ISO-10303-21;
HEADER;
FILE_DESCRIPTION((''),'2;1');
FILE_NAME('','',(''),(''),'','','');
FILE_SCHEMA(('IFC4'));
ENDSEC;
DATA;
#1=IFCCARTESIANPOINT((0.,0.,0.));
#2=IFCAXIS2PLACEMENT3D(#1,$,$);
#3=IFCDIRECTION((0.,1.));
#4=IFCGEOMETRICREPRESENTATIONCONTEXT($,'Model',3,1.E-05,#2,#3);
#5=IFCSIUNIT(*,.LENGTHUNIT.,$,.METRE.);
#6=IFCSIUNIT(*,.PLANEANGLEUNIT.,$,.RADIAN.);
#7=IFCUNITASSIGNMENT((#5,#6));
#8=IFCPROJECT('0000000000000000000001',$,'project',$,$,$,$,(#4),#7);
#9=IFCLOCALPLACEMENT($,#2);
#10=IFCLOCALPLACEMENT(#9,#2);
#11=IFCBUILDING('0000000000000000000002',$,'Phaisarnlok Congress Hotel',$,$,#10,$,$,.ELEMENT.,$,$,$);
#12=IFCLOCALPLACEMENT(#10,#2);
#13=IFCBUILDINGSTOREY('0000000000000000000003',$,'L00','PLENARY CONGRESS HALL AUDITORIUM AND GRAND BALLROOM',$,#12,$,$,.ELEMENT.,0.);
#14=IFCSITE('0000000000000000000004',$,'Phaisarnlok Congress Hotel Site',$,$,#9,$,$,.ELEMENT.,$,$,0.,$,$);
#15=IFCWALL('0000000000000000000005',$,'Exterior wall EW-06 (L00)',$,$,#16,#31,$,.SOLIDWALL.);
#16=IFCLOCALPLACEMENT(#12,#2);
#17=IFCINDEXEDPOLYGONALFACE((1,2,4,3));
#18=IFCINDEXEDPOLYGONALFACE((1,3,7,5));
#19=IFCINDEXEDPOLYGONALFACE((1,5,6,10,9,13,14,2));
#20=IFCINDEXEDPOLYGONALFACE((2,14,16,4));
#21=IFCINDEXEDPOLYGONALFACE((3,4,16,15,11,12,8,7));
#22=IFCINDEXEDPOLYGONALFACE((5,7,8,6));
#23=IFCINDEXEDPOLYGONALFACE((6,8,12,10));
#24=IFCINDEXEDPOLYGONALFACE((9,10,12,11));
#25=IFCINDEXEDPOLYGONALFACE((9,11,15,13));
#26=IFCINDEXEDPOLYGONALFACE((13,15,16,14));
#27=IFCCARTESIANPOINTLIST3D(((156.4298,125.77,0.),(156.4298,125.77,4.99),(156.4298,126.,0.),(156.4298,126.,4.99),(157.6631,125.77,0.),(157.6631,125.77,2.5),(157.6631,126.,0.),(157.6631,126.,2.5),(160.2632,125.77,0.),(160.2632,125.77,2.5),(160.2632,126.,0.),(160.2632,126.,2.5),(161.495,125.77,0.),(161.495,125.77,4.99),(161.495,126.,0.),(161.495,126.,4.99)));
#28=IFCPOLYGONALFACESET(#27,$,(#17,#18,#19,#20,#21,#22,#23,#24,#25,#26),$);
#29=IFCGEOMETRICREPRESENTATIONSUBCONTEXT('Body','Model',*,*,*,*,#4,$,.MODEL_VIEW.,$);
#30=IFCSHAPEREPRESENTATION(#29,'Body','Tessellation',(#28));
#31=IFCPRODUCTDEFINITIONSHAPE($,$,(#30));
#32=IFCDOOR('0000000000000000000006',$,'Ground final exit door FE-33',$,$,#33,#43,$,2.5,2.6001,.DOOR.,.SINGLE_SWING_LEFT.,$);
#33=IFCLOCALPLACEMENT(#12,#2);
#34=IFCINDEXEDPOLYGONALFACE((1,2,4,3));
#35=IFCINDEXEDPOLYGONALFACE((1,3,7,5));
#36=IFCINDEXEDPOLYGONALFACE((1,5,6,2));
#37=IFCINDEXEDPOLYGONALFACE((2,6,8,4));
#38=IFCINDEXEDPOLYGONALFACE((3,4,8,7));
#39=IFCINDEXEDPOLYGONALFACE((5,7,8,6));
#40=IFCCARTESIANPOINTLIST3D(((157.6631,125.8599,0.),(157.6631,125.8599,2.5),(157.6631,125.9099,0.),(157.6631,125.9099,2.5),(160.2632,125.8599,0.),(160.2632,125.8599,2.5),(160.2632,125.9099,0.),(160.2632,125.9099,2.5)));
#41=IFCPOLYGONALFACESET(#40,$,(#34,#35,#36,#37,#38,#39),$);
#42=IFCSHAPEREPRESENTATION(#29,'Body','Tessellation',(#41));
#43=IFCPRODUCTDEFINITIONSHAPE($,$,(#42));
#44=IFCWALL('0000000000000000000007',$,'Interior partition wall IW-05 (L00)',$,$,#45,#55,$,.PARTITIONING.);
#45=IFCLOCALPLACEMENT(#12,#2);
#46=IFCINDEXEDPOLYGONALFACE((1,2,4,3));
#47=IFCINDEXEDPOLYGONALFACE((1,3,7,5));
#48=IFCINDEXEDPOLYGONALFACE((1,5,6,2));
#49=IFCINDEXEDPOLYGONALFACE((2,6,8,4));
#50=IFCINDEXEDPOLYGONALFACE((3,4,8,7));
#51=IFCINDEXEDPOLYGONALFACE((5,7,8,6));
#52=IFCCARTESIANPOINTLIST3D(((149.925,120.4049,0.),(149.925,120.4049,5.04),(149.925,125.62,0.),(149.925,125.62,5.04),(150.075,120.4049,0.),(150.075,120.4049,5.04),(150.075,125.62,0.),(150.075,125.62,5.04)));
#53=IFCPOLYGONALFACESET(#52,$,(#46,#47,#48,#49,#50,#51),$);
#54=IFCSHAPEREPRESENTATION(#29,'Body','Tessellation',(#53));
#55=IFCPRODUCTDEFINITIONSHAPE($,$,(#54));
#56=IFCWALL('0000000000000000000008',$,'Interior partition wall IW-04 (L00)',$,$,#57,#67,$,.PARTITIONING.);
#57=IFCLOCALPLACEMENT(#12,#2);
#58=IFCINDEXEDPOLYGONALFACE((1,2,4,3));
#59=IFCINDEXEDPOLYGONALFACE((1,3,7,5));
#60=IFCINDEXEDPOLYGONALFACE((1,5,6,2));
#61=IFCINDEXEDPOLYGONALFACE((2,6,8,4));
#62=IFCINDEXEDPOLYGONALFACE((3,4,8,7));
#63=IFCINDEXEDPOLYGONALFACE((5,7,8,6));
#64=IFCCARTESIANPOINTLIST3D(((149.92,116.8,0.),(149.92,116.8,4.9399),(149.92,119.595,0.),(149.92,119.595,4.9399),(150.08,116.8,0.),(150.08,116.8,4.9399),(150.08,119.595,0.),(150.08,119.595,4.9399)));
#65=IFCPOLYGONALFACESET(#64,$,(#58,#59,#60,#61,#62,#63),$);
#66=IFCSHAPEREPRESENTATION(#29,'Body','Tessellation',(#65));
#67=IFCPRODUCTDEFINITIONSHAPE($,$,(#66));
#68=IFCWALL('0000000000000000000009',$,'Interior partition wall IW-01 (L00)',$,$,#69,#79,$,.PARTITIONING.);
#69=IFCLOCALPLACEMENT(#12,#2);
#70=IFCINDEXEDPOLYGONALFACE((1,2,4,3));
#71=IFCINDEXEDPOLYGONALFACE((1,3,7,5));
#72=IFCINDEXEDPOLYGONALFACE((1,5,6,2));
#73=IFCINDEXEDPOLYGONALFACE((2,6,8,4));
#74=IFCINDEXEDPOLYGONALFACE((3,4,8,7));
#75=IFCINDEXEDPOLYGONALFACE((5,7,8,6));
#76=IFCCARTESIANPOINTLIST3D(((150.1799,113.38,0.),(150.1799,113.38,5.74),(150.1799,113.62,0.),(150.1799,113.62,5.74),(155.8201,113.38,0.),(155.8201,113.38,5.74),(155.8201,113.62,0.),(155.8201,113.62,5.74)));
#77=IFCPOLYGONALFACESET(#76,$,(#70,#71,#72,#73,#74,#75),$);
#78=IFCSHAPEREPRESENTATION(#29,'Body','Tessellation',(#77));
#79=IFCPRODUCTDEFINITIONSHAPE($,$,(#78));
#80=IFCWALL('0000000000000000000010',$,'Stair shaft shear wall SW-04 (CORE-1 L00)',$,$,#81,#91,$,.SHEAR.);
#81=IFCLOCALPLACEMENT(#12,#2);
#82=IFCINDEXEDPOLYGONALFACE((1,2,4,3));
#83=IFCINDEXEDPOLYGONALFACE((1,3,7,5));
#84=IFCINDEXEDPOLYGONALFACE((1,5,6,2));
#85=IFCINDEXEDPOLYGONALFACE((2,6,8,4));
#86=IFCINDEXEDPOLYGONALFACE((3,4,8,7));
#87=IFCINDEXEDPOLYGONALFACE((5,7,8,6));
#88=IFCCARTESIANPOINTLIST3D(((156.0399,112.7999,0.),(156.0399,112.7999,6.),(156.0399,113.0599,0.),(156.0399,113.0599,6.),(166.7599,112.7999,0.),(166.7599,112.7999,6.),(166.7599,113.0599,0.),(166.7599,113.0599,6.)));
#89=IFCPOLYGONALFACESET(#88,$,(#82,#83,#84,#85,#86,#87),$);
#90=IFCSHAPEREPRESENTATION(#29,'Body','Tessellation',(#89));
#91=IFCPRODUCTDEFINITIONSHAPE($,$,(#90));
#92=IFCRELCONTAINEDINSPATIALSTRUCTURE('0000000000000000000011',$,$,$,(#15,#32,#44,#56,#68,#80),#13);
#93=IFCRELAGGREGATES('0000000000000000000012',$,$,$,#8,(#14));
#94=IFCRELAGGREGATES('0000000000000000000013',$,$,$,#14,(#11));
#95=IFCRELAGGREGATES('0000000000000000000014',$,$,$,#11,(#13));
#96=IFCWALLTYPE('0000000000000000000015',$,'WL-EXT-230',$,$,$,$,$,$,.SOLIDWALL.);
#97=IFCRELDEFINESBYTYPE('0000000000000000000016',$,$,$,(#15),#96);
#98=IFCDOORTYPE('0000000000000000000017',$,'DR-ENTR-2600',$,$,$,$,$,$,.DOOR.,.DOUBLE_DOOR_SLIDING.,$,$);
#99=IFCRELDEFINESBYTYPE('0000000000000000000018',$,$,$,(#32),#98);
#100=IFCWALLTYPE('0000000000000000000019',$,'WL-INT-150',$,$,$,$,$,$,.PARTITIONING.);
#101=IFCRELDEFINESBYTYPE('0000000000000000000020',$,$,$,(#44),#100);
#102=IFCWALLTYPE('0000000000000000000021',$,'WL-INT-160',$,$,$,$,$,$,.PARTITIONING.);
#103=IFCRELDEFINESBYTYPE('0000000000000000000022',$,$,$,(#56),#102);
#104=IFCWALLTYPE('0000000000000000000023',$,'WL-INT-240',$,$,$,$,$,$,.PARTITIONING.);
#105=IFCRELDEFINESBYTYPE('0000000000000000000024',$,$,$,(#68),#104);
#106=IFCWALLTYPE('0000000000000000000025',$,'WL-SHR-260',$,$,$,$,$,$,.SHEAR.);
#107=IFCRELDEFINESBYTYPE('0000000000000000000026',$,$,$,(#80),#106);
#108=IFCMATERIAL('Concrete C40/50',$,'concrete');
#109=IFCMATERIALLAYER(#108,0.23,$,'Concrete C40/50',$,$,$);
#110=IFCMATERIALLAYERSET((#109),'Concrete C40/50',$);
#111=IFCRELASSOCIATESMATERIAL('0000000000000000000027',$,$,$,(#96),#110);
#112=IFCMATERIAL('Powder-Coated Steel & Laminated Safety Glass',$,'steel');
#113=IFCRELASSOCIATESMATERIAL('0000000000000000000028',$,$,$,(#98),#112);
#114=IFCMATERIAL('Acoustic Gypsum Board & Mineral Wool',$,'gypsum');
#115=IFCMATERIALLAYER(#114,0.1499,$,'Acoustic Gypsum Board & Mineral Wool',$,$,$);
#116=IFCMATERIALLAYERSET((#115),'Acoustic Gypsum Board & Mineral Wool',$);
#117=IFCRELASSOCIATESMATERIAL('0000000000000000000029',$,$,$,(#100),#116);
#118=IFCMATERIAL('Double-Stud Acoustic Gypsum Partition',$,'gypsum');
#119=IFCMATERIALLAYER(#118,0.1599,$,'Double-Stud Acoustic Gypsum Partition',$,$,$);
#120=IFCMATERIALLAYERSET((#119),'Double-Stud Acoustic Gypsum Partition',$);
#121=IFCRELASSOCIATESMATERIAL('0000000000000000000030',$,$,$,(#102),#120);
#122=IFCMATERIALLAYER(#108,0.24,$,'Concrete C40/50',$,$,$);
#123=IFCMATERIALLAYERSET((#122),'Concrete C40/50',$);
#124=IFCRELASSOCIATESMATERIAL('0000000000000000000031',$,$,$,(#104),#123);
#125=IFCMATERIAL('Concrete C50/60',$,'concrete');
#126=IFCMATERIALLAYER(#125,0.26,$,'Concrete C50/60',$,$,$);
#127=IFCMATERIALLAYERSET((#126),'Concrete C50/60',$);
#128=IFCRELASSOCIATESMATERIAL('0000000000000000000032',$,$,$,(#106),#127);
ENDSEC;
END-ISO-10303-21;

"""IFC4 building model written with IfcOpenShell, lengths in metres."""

from ifc_helpers import new_model, si_unit, direction, frame, frame_2d, origin, place, context, subcontext, project, spatial, rectangle, extrude, material, layer, layer_set, type_object, element, fill, save


model = new_model("IFC4")

# Units and contexts
model_context = context("Model", 3, precision=1e-05, world=origin(), true_north=direction((0.0, 1.0)))
body_context = subcontext(model_context, "Body", "Model", "MODEL_VIEW")
ifc_project = project(units=[si_unit("LENGTHUNIT", "METRE"), si_unit("PLANEANGLEUNIT", "RADIAN")], contexts=[model_context])

# Site, building, storey
site_placement = place(None, origin())
site = spatial("IfcSite", under=ifc_project, at=site_placement, Name="Phaisarnlok Congress Hotel Site", CompositionType="ELEMENT", RefElevation=0.0)
building_placement = place(site_placement, origin())
building = spatial("IfcBuilding", under=site, at=building_placement, Name="Phaisarnlok Congress Hotel", CompositionType="ELEMENT")
storey_placement = place(building_placement, origin())
storey = spatial("IfcBuildingStorey", under=building, at=storey_placement, Name="L00", Description="PLENARY CONGRESS HALL AUDITORIUM AND GRAND BALLROOM", CompositionType="ELEMENT", Elevation=0.0)

# Shared definitions
ifc_material_1 = material(Name="Concrete C50/60", Category="concrete")

# Shared definitions
ifc_material_2 = material(Name="Concrete C40/50", Category="concrete")

# Wall, opening, door
ifc_material_3 = material(Name="Powder-Coated Steel & Laminated Safety Glass", Category="steel")
ifc_layer_1 = layer(ifc_material_2, 0.23, Name="Concrete C40/50")
ifc_layer_set_1 = layer_set([ifc_layer_1], Name="Concrete C40/50")
wall_type_1 = type_object("IfcWallType", Name="WL-EXT-230", PredefinedType="SOLIDWALL", material=ifc_layer_set_1)
wall_1_placement = place(storey_placement, frame((161.4951, 125.885, 0.0), z_axis=(0.0, 0.0, 1.0), x_axis=(-1.0, 0.0, 0.0)))
wall_1 = element("IfcWall", 1, at=wall_1_placement, inside=storey, type_object=wall_type_1, Name="Exterior wall EW-06 (L00)", PredefinedType="SOLIDWALL", context=body_context, shape_type="SweptSolid", body=[
    extrude(rectangle(XDim=5.0652, YDim=0.23, at=frame_2d((2.5327, 0.0))), origin(), (0.0, 0.0, 1.0), 4.99),
])
opening_1_placement = place(wall_1_placement, frame((1.2319, 0.0, 0.0)))
opening_1 = element("IfcOpeningElement", 2, at=opening_1_placement, cuts=wall_1, PredefinedType="OPENING", context=body_context, shape_type="SweptSolid", body=[
    extrude(rectangle(XDim=2.6001, YDim=2.5, at=frame_2d((1.3, 1.25))), frame((0.0, 0.125, 0.0), z_axis=(0.0, -1.0, 0.0), x_axis=(1.0, 0.0, 0.0)), (0.0, 0.0, 1.0), 0.25),
])
door_type_1 = type_object("IfcDoorType", Name="DR-ENTR-2600", OperationType="DOUBLE_DOOR_SLIDING", PredefinedType="DOOR", material=ifc_material_3)
door_1_placement = place(opening_1_placement, frame((2.6001, 0.0, 0.0), z_axis=(0.0, 0.0, 1.0), x_axis=(-1.0, 0.0, 0.0)))
door_1 = element("IfcDoor", 3, at=door_1_placement, inside=storey, type_object=door_type_1, Name="Ground final exit door FE-33", OperationType="SINGLE_SWING_LEFT", OverallHeight=2.5, OverallWidth=2.6001, PredefinedType="DOOR", context=body_context, shape_type="SweptSolid", body=[
    extrude(rectangle(XDim=2.6001, YDim=2.5, at=frame_2d((1.3, 1.25))), frame((0.0, 0.0249, 0.0), z_axis=(0.0, -1.0, 0.0), x_axis=(1.0, 0.0, 0.0)), (0.0, 0.0, 1.0), 0.05),
])
fill(opening_1, door_1)

# Walls
ifc_material_4 = material(Name="Acoustic Gypsum Board & Mineral Wool", Category="gypsum")
ifc_layer_2 = layer(ifc_material_4, 0.1499, Name="Acoustic Gypsum Board & Mineral Wool")
ifc_layer_set_2 = layer_set([ifc_layer_2], Name="Acoustic Gypsum Board & Mineral Wool")
wall_type_2 = type_object("IfcWallType", Name="WL-INT-150", PredefinedType="PARTITIONING", material=ifc_layer_set_2)
wall_2_placement = place(storey_placement, frame((150.0, 120.405, 0.0), z_axis=(0.0, 0.0, 1.0), x_axis=(0.0, 1.0, 0.0)))
element("IfcWall", 4, at=wall_2_placement, inside=storey, type_object=wall_type_2, Name="Interior partition wall IW-05 (L00)", PredefinedType="PARTITIONING", context=body_context, shape_type="SweptSolid", body=[
    extrude(rectangle(XDim=5.2151, YDim=0.1499, at=frame_2d((2.6074, 0.0))), origin(), (0.0, 0.0, 1.0), 5.04),
])
ifc_material_5 = material(Name="Double-Stud Acoustic Gypsum Partition", Category="gypsum")
ifc_layer_3 = layer(ifc_material_5, 0.1599, Name="Double-Stud Acoustic Gypsum Partition")
ifc_layer_set_3 = layer_set([ifc_layer_3], Name="Double-Stud Acoustic Gypsum Partition")
wall_type_3 = type_object("IfcWallType", Name="WL-INT-160", PredefinedType="PARTITIONING", material=ifc_layer_set_3)
wall_3_placement = place(storey_placement, frame((150.0, 116.8, 0.0), z_axis=(0.0, 0.0, 1.0), x_axis=(0.0, 1.0, 0.0)))
element("IfcWall", 5, at=wall_3_placement, inside=storey, type_object=wall_type_3, Name="Interior partition wall IW-04 (L00)", PredefinedType="PARTITIONING", context=body_context, shape_type="SweptSolid", body=[
    extrude(rectangle(XDim=2.7949, YDim=0.1599, at=frame_2d((1.3975, 0.0))), origin(), (0.0, 0.0, 1.0), 4.9399),
])
ifc_layer_4 = layer(ifc_material_2, 0.24, Name="Concrete C40/50")
ifc_layer_set_4 = layer_set([ifc_layer_4], Name="Concrete C40/50")
wall_type_4 = type_object("IfcWallType", Name="WL-INT-240", PredefinedType="PARTITIONING", material=ifc_layer_set_4)
wall_4_placement = place(storey_placement, frame((150.1799, 113.5, 0.0), z_axis=(0.0, 0.0, 1.0), x_axis=(1.0, 0.0, 0.0)))
element("IfcWall", 6, at=wall_4_placement, inside=storey, type_object=wall_type_4, Name="Interior partition wall IW-01 (L00)", PredefinedType="PARTITIONING", context=body_context, shape_type="SweptSolid", body=[
    extrude(rectangle(XDim=5.6401, YDim=0.24, at=frame_2d((2.8201, 0.0))), origin(), (0.0, 0.0, 1.0), 5.74),
])
ifc_layer_5 = layer(ifc_material_1, 0.26, Name="Concrete C50/60")
ifc_layer_set_5 = layer_set([ifc_layer_5], Name="Concrete C50/60")
wall_type_5 = type_object("IfcWallType", Name="WL-SHR-260", PredefinedType="SHEAR", material=ifc_layer_set_5)
wall_5_placement = place(storey_placement, frame((156.04, 112.9299, 0.0), z_axis=(0.0, 0.0, 1.0), x_axis=(1.0, 0.0, 0.0)))
element("IfcWall", 7, at=wall_5_placement, inside=storey, type_object=wall_type_5, Name="Stair shaft shear wall SW-04 (CORE-1 L00)", PredefinedType="SHEAR", context=body_context, shape_type="SweptSolid", body=[
    extrude(rectangle(XDim=10.72, YDim=0.26, at=frame_2d((5.3599, 0.0))), origin(), (0.0, 0.0, 1.0), 6.0),
])

save(model, "model.ifc")
